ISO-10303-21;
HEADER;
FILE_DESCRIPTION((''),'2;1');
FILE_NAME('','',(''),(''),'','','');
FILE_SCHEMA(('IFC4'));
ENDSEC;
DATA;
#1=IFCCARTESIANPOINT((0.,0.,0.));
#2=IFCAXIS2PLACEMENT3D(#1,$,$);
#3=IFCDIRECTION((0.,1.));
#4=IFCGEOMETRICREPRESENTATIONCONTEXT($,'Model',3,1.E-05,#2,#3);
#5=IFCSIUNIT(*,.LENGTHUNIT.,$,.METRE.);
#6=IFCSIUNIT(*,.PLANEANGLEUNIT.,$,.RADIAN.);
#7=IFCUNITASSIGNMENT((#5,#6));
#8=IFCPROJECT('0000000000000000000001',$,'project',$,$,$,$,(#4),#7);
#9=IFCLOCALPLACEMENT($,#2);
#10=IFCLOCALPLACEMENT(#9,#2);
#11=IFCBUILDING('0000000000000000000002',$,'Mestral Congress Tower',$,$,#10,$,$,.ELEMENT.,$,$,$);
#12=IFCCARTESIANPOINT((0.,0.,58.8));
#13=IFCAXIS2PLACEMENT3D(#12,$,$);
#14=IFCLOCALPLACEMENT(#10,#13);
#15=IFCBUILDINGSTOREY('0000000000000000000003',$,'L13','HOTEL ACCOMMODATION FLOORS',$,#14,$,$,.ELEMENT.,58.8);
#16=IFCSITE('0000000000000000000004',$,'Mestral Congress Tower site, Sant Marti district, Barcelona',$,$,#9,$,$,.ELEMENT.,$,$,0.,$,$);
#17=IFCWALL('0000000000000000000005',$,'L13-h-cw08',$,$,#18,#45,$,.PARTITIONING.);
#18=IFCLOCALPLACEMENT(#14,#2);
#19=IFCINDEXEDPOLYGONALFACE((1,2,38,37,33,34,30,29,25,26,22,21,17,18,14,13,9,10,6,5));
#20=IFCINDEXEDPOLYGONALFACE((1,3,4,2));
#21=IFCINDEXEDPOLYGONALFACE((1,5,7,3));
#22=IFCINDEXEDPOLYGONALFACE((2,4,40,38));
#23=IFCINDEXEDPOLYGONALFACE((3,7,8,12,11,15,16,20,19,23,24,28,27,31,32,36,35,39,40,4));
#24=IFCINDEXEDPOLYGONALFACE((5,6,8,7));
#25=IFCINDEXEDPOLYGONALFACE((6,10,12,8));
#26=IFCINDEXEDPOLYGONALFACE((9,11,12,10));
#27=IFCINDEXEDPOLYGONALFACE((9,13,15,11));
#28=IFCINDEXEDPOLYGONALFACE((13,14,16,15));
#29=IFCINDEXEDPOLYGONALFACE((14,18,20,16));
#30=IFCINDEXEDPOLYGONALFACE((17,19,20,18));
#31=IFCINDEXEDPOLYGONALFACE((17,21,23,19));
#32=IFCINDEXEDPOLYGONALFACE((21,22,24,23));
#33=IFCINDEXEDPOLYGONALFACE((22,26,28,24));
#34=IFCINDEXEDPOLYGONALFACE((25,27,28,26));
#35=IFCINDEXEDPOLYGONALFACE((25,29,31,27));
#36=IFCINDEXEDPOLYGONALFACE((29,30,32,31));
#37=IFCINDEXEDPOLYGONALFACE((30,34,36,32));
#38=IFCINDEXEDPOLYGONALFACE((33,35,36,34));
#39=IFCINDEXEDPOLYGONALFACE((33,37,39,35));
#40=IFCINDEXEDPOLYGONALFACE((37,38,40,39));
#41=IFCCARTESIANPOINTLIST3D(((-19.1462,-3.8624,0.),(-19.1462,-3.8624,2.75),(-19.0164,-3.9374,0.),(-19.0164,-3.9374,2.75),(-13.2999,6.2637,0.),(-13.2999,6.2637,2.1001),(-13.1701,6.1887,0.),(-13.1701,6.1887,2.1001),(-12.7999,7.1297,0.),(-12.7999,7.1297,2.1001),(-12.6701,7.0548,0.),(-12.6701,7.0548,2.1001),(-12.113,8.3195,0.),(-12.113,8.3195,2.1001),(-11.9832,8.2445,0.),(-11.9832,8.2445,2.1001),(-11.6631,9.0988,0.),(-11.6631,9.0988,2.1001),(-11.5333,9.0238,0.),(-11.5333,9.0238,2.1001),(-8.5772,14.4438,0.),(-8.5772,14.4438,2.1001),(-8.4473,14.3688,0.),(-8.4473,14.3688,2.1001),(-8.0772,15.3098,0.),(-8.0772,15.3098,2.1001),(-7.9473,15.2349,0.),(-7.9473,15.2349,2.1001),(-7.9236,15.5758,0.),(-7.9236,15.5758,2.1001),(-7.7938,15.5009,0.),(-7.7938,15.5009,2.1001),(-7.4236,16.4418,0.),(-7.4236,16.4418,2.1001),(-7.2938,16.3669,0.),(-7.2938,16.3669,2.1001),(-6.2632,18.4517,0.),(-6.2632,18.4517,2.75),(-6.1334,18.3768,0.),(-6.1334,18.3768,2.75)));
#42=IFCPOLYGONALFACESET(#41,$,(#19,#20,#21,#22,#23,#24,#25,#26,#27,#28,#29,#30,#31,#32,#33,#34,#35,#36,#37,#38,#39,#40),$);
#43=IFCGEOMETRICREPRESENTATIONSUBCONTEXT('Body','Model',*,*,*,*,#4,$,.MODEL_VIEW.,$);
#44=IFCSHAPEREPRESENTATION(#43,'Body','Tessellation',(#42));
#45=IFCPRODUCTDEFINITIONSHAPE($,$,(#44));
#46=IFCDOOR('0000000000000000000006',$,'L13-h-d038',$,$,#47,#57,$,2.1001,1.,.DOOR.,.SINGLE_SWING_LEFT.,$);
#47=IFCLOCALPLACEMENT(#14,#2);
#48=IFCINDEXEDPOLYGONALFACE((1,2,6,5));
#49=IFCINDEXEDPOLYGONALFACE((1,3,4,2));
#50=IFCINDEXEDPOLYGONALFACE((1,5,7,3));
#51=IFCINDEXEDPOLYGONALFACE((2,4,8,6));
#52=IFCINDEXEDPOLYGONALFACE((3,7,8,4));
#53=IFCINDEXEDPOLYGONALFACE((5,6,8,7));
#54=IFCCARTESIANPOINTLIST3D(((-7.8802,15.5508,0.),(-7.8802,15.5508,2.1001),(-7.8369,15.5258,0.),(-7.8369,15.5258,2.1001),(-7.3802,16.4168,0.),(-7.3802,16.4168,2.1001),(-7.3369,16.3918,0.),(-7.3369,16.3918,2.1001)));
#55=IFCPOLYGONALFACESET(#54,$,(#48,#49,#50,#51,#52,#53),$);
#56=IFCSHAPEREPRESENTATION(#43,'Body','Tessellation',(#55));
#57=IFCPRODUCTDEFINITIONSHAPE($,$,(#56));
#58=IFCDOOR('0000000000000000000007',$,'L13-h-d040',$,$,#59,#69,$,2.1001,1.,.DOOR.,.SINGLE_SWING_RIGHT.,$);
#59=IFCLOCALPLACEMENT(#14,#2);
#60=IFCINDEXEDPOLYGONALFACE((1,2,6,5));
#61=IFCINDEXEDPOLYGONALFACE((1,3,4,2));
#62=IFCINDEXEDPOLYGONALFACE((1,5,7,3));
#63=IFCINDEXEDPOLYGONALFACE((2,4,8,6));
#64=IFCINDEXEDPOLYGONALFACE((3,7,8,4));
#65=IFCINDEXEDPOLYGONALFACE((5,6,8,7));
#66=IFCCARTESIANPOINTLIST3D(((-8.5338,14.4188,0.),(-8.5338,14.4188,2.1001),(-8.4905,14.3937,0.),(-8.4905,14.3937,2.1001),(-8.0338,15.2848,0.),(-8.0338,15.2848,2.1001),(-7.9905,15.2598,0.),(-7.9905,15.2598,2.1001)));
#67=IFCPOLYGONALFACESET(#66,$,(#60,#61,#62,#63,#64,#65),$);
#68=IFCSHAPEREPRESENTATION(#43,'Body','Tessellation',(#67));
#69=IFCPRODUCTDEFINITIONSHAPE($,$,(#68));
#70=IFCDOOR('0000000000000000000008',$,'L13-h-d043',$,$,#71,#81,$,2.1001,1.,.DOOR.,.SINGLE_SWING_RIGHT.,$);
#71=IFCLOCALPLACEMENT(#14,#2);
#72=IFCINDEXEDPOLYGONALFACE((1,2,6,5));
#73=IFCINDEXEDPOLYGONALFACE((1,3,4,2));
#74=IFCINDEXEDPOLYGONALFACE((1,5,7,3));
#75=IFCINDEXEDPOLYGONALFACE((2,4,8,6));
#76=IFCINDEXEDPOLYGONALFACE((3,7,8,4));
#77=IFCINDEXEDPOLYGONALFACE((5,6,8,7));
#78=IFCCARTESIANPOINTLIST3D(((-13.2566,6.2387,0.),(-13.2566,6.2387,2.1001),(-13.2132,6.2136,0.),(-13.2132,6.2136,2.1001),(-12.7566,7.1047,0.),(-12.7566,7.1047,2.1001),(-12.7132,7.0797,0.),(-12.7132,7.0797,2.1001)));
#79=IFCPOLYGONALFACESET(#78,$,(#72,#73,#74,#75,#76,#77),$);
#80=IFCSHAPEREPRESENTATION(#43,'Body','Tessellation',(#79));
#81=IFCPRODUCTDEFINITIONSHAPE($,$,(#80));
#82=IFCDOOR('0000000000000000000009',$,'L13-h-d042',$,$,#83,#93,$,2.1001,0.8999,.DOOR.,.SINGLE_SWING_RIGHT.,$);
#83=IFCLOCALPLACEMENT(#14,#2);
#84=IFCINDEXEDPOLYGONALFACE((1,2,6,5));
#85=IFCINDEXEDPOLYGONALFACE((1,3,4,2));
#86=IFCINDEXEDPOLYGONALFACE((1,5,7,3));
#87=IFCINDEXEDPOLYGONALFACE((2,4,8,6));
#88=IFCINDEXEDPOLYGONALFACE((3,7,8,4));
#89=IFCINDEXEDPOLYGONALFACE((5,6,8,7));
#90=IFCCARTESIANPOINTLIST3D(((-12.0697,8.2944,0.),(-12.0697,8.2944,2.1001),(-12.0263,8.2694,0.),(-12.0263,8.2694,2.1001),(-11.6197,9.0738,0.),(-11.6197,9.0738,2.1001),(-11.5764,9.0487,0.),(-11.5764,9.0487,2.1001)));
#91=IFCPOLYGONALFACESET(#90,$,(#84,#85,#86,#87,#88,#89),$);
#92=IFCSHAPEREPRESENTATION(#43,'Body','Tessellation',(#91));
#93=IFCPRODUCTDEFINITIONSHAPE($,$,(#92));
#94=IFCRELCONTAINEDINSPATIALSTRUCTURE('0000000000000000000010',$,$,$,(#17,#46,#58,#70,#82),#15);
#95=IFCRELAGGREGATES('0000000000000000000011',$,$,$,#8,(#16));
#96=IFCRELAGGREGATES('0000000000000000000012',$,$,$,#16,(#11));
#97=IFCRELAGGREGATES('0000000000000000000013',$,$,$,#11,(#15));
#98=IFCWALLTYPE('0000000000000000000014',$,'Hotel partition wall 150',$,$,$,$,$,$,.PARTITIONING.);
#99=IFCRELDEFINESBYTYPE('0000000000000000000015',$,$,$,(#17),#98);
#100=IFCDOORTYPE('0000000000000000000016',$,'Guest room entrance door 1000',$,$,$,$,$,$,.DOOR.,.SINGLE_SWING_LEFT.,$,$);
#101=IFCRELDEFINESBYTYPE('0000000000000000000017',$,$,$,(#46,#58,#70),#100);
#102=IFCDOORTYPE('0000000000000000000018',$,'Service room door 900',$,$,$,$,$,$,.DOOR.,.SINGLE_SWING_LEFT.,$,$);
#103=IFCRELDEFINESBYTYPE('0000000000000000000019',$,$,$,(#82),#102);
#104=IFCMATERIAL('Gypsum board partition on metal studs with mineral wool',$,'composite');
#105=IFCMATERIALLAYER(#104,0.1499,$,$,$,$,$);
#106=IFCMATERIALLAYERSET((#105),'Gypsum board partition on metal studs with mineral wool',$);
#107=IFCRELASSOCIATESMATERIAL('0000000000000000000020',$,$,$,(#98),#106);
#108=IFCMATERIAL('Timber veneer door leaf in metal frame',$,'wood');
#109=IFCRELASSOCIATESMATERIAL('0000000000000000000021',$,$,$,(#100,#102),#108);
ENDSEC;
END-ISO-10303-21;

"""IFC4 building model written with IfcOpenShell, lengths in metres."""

from ifc_helpers import new_model, si_unit, direction, frame, frame_2d, origin, place, context, subcontext, project, spatial, rectangle, extrude, material, layer, layer_set, type_object, element, fill, save


model = new_model("IFC4")

# Units and contexts
model_context = context("Model", 3, precision=1e-05, world=origin(), true_north=direction((0.0, 1.0)))
body_context = subcontext(model_context, "Body", "Model", "MODEL_VIEW")
ifc_project = project(units=[si_unit("LENGTHUNIT", "METRE"), si_unit("PLANEANGLEUNIT", "RADIAN")], contexts=[model_context])

# Site, building, storey
site_placement = place(None, origin())
site = spatial("IfcSite", under=ifc_project, at=site_placement, Name="Mestral Congress Tower site, Sant Marti district, Barcelona", CompositionType="ELEMENT", RefElevation=0.0)
building_placement = place(site_placement, origin())
building = spatial("IfcBuilding", under=site, at=building_placement, Name="Mestral Congress Tower", CompositionType="ELEMENT")
storey_placement = place(building_placement, frame((0.0, 0.0, 58.8)))
storey = spatial("IfcBuildingStorey", under=building, at=storey_placement, Name="L13", Description="HOTEL ACCOMMODATION FLOORS", CompositionType="ELEMENT", Elevation=58.8)

# Shared definitions
ifc_material_1 = material(Name="Gypsum board partition on metal studs with mineral wool", Category="composite")

# Wall, openings, doors
ifc_layer_1 = layer(ifc_material_1, 0.1499)
ifc_layer_set_1 = layer_set([ifc_layer_1], Name="Gypsum board partition on metal studs with mineral wool")
wall_type_1 = type_object("IfcWallType", Name="Hotel partition wall 150", PredefinedType="PARTITIONING", material=ifc_layer_set_1)
wall_1_placement = place(storey_placement, frame((-19.0813, -3.8999, 0.0), z_axis=(0.0, 0.0, 1.0), x_axis=(0.499998, 0.866026, 0.0)))
wall_1 = element("IfcWall", 1, at=wall_1_placement, inside=storey, type_object=wall_type_1, Name="L13-h-cw08", PredefinedType="PARTITIONING", context=body_context, shape_type="SweptSolid", body=[
    extrude(rectangle(XDim=25.7661, YDim=0.1499, at=frame_2d((12.8831, 0.0))), origin(), (0.0, 0.0, 1.0), 2.75),
])
opening_1_placement = place(wall_1_placement, frame((22.4453, 0.0, 0.0)))
opening_1 = element("IfcOpeningElement", 2, at=opening_1_placement, cuts=wall_1, PredefinedType="OPENING", context=body_context, shape_type="SweptSolid", body=[
    extrude(rectangle(XDim=1.0, YDim=2.1001, at=frame_2d((0.5, 1.05))), frame((0.0, 0.085, 0.0), z_axis=(0.0, -1.0, 0.0), x_axis=(1.0, 0.0, 0.0)), (0.0, 0.0, 1.0), 0.1699),
])
opening_2_placement = place(wall_1_placement, frame((21.1382, 0.0, 0.0)))
opening_2 = element("IfcOpeningElement", 3, at=opening_2_placement, cuts=wall_1, PredefinedType="OPENING", context=body_context, shape_type="SweptSolid", body=[
    extrude(rectangle(XDim=1.0, YDim=2.1001, at=frame_2d((0.5, 1.05))), frame((0.0, 0.085, 0.0), z_axis=(0.0, -1.0, 0.0), x_axis=(1.0, 0.0, 0.0)), (0.0, 0.0, 1.0), 0.1699),
])
opening_3_placement = place(wall_1_placement, frame((14.0664, 0.0, 0.0)))
opening_3 = element("IfcOpeningElement", 4, at=opening_3_placement, cuts=wall_1, PredefinedType="OPENING", context=body_context, shape_type="SweptSolid", body=[
    extrude(rectangle(XDim=0.8999, YDim=2.1001, at=frame_2d((0.45, 1.05))), frame((0.0, 0.085, 0.0), z_axis=(0.0, -1.0, 0.0), x_axis=(1.0, 0.0, 0.0)), (0.0, 0.0, 1.0), 0.1699),
])
opening_4_placement = place(wall_1_placement, frame((11.6926, 0.0, 0.0)))
opening_4 = element("IfcOpeningElement", 5, at=opening_4_placement, cuts=wall_1, PredefinedType="OPENING", context=body_context, shape_type="SweptSolid", body=[
    extrude(rectangle(XDim=1.0, YDim=2.1001, at=frame_2d((0.5, 1.05))), frame((0.0, 0.085, 0.0), z_axis=(0.0, -1.0, 0.0), x_axis=(1.0, 0.0, 0.0)), (0.0, 0.0, 1.0), 0.1699),
])
ifc_material_2 = material(Name="Timber veneer door leaf in metal frame", Category="wood")
door_type_1 = type_object("IfcDoorType", Name="Guest room entrance door 1000", OperationType="SINGLE_SWING_LEFT", PredefinedType="DOOR", material=ifc_material_2)
door_1_placement = place(opening_1_placement, origin())
door_1 = element("IfcDoor", 6, at=door_1_placement, inside=storey, type_object=door_type_1, Name="L13-h-d038", OperationType="SINGLE_SWING_LEFT", OverallHeight=2.1001, OverallWidth=1.0, PredefinedType="DOOR", context=body_context, shape_type="SweptSolid", body=[
    extrude(rectangle(XDim=1.0, YDim=2.1001, at=frame_2d((0.5, 1.05))), frame((0.0, 0.0249, 0.0), z_axis=(0.0, -1.0, 0.0), x_axis=(1.0, 0.0, 0.0)), (0.0, 0.0, 1.0), 0.05),
])
fill(opening_1, door_1)
door_2_placement = place(opening_2_placement, origin())
door_2 = element("IfcDoor", 7, at=door_2_placement, inside=storey, type_object=door_type_1, Name="L13-h-d040", OperationType="SINGLE_SWING_RIGHT", OverallHeight=2.1001, OverallWidth=1.0, PredefinedType="DOOR", context=body_context, shape_type="SweptSolid", body=[
    extrude(rectangle(XDim=1.0, YDim=2.1001, at=frame_2d((0.5, 1.05))), frame((0.0, 0.0249, 0.0), z_axis=(0.0, -1.0, 0.0), x_axis=(1.0, 0.0, 0.0)), (0.0, 0.0, 1.0), 0.05),
])
fill(opening_2, door_2)
door_3_placement = place(opening_4_placement, origin())
door_3 = element("IfcDoor", 8, at=door_3_placement, inside=storey, type_object=door_type_1, Name="L13-h-d043", OperationType="SINGLE_SWING_RIGHT", OverallHeight=2.1001, OverallWidth=1.0, PredefinedType="DOOR", context=body_context, shape_type="SweptSolid", body=[
    extrude(rectangle(XDim=1.0, YDim=2.1001, at=frame_2d((0.5, 1.05))), frame((0.0, 0.0249, 0.0), z_axis=(0.0, -1.0, 0.0), x_axis=(1.0, 0.0, 0.0)), (0.0, 0.0, 1.0), 0.05),
])
fill(opening_4, door_3)
door_type_2 = type_object("IfcDoorType", Name="Service room door 900", OperationType="SINGLE_SWING_LEFT", PredefinedType="DOOR", material=ifc_material_2)
door_4_placement = place(opening_3_placement, origin())
door_4 = element("IfcDoor", 9, at=door_4_placement, inside=storey, type_object=door_type_2, Name="L13-h-d042", OperationType="SINGLE_SWING_RIGHT", OverallHeight=2.1001, OverallWidth=0.8999, PredefinedType="DOOR", context=body_context, shape_type="SweptSolid", body=[
    extrude(rectangle(XDim=0.8999, YDim=2.1001, at=frame_2d((0.45, 1.05))), frame((0.0, 0.0249, 0.0), z_axis=(0.0, -1.0, 0.0), x_axis=(1.0, 0.0, 0.0)), (0.0, 0.0, 1.0), 0.05),
])
fill(opening_3, door_4)

save(model, "model.ifc")
